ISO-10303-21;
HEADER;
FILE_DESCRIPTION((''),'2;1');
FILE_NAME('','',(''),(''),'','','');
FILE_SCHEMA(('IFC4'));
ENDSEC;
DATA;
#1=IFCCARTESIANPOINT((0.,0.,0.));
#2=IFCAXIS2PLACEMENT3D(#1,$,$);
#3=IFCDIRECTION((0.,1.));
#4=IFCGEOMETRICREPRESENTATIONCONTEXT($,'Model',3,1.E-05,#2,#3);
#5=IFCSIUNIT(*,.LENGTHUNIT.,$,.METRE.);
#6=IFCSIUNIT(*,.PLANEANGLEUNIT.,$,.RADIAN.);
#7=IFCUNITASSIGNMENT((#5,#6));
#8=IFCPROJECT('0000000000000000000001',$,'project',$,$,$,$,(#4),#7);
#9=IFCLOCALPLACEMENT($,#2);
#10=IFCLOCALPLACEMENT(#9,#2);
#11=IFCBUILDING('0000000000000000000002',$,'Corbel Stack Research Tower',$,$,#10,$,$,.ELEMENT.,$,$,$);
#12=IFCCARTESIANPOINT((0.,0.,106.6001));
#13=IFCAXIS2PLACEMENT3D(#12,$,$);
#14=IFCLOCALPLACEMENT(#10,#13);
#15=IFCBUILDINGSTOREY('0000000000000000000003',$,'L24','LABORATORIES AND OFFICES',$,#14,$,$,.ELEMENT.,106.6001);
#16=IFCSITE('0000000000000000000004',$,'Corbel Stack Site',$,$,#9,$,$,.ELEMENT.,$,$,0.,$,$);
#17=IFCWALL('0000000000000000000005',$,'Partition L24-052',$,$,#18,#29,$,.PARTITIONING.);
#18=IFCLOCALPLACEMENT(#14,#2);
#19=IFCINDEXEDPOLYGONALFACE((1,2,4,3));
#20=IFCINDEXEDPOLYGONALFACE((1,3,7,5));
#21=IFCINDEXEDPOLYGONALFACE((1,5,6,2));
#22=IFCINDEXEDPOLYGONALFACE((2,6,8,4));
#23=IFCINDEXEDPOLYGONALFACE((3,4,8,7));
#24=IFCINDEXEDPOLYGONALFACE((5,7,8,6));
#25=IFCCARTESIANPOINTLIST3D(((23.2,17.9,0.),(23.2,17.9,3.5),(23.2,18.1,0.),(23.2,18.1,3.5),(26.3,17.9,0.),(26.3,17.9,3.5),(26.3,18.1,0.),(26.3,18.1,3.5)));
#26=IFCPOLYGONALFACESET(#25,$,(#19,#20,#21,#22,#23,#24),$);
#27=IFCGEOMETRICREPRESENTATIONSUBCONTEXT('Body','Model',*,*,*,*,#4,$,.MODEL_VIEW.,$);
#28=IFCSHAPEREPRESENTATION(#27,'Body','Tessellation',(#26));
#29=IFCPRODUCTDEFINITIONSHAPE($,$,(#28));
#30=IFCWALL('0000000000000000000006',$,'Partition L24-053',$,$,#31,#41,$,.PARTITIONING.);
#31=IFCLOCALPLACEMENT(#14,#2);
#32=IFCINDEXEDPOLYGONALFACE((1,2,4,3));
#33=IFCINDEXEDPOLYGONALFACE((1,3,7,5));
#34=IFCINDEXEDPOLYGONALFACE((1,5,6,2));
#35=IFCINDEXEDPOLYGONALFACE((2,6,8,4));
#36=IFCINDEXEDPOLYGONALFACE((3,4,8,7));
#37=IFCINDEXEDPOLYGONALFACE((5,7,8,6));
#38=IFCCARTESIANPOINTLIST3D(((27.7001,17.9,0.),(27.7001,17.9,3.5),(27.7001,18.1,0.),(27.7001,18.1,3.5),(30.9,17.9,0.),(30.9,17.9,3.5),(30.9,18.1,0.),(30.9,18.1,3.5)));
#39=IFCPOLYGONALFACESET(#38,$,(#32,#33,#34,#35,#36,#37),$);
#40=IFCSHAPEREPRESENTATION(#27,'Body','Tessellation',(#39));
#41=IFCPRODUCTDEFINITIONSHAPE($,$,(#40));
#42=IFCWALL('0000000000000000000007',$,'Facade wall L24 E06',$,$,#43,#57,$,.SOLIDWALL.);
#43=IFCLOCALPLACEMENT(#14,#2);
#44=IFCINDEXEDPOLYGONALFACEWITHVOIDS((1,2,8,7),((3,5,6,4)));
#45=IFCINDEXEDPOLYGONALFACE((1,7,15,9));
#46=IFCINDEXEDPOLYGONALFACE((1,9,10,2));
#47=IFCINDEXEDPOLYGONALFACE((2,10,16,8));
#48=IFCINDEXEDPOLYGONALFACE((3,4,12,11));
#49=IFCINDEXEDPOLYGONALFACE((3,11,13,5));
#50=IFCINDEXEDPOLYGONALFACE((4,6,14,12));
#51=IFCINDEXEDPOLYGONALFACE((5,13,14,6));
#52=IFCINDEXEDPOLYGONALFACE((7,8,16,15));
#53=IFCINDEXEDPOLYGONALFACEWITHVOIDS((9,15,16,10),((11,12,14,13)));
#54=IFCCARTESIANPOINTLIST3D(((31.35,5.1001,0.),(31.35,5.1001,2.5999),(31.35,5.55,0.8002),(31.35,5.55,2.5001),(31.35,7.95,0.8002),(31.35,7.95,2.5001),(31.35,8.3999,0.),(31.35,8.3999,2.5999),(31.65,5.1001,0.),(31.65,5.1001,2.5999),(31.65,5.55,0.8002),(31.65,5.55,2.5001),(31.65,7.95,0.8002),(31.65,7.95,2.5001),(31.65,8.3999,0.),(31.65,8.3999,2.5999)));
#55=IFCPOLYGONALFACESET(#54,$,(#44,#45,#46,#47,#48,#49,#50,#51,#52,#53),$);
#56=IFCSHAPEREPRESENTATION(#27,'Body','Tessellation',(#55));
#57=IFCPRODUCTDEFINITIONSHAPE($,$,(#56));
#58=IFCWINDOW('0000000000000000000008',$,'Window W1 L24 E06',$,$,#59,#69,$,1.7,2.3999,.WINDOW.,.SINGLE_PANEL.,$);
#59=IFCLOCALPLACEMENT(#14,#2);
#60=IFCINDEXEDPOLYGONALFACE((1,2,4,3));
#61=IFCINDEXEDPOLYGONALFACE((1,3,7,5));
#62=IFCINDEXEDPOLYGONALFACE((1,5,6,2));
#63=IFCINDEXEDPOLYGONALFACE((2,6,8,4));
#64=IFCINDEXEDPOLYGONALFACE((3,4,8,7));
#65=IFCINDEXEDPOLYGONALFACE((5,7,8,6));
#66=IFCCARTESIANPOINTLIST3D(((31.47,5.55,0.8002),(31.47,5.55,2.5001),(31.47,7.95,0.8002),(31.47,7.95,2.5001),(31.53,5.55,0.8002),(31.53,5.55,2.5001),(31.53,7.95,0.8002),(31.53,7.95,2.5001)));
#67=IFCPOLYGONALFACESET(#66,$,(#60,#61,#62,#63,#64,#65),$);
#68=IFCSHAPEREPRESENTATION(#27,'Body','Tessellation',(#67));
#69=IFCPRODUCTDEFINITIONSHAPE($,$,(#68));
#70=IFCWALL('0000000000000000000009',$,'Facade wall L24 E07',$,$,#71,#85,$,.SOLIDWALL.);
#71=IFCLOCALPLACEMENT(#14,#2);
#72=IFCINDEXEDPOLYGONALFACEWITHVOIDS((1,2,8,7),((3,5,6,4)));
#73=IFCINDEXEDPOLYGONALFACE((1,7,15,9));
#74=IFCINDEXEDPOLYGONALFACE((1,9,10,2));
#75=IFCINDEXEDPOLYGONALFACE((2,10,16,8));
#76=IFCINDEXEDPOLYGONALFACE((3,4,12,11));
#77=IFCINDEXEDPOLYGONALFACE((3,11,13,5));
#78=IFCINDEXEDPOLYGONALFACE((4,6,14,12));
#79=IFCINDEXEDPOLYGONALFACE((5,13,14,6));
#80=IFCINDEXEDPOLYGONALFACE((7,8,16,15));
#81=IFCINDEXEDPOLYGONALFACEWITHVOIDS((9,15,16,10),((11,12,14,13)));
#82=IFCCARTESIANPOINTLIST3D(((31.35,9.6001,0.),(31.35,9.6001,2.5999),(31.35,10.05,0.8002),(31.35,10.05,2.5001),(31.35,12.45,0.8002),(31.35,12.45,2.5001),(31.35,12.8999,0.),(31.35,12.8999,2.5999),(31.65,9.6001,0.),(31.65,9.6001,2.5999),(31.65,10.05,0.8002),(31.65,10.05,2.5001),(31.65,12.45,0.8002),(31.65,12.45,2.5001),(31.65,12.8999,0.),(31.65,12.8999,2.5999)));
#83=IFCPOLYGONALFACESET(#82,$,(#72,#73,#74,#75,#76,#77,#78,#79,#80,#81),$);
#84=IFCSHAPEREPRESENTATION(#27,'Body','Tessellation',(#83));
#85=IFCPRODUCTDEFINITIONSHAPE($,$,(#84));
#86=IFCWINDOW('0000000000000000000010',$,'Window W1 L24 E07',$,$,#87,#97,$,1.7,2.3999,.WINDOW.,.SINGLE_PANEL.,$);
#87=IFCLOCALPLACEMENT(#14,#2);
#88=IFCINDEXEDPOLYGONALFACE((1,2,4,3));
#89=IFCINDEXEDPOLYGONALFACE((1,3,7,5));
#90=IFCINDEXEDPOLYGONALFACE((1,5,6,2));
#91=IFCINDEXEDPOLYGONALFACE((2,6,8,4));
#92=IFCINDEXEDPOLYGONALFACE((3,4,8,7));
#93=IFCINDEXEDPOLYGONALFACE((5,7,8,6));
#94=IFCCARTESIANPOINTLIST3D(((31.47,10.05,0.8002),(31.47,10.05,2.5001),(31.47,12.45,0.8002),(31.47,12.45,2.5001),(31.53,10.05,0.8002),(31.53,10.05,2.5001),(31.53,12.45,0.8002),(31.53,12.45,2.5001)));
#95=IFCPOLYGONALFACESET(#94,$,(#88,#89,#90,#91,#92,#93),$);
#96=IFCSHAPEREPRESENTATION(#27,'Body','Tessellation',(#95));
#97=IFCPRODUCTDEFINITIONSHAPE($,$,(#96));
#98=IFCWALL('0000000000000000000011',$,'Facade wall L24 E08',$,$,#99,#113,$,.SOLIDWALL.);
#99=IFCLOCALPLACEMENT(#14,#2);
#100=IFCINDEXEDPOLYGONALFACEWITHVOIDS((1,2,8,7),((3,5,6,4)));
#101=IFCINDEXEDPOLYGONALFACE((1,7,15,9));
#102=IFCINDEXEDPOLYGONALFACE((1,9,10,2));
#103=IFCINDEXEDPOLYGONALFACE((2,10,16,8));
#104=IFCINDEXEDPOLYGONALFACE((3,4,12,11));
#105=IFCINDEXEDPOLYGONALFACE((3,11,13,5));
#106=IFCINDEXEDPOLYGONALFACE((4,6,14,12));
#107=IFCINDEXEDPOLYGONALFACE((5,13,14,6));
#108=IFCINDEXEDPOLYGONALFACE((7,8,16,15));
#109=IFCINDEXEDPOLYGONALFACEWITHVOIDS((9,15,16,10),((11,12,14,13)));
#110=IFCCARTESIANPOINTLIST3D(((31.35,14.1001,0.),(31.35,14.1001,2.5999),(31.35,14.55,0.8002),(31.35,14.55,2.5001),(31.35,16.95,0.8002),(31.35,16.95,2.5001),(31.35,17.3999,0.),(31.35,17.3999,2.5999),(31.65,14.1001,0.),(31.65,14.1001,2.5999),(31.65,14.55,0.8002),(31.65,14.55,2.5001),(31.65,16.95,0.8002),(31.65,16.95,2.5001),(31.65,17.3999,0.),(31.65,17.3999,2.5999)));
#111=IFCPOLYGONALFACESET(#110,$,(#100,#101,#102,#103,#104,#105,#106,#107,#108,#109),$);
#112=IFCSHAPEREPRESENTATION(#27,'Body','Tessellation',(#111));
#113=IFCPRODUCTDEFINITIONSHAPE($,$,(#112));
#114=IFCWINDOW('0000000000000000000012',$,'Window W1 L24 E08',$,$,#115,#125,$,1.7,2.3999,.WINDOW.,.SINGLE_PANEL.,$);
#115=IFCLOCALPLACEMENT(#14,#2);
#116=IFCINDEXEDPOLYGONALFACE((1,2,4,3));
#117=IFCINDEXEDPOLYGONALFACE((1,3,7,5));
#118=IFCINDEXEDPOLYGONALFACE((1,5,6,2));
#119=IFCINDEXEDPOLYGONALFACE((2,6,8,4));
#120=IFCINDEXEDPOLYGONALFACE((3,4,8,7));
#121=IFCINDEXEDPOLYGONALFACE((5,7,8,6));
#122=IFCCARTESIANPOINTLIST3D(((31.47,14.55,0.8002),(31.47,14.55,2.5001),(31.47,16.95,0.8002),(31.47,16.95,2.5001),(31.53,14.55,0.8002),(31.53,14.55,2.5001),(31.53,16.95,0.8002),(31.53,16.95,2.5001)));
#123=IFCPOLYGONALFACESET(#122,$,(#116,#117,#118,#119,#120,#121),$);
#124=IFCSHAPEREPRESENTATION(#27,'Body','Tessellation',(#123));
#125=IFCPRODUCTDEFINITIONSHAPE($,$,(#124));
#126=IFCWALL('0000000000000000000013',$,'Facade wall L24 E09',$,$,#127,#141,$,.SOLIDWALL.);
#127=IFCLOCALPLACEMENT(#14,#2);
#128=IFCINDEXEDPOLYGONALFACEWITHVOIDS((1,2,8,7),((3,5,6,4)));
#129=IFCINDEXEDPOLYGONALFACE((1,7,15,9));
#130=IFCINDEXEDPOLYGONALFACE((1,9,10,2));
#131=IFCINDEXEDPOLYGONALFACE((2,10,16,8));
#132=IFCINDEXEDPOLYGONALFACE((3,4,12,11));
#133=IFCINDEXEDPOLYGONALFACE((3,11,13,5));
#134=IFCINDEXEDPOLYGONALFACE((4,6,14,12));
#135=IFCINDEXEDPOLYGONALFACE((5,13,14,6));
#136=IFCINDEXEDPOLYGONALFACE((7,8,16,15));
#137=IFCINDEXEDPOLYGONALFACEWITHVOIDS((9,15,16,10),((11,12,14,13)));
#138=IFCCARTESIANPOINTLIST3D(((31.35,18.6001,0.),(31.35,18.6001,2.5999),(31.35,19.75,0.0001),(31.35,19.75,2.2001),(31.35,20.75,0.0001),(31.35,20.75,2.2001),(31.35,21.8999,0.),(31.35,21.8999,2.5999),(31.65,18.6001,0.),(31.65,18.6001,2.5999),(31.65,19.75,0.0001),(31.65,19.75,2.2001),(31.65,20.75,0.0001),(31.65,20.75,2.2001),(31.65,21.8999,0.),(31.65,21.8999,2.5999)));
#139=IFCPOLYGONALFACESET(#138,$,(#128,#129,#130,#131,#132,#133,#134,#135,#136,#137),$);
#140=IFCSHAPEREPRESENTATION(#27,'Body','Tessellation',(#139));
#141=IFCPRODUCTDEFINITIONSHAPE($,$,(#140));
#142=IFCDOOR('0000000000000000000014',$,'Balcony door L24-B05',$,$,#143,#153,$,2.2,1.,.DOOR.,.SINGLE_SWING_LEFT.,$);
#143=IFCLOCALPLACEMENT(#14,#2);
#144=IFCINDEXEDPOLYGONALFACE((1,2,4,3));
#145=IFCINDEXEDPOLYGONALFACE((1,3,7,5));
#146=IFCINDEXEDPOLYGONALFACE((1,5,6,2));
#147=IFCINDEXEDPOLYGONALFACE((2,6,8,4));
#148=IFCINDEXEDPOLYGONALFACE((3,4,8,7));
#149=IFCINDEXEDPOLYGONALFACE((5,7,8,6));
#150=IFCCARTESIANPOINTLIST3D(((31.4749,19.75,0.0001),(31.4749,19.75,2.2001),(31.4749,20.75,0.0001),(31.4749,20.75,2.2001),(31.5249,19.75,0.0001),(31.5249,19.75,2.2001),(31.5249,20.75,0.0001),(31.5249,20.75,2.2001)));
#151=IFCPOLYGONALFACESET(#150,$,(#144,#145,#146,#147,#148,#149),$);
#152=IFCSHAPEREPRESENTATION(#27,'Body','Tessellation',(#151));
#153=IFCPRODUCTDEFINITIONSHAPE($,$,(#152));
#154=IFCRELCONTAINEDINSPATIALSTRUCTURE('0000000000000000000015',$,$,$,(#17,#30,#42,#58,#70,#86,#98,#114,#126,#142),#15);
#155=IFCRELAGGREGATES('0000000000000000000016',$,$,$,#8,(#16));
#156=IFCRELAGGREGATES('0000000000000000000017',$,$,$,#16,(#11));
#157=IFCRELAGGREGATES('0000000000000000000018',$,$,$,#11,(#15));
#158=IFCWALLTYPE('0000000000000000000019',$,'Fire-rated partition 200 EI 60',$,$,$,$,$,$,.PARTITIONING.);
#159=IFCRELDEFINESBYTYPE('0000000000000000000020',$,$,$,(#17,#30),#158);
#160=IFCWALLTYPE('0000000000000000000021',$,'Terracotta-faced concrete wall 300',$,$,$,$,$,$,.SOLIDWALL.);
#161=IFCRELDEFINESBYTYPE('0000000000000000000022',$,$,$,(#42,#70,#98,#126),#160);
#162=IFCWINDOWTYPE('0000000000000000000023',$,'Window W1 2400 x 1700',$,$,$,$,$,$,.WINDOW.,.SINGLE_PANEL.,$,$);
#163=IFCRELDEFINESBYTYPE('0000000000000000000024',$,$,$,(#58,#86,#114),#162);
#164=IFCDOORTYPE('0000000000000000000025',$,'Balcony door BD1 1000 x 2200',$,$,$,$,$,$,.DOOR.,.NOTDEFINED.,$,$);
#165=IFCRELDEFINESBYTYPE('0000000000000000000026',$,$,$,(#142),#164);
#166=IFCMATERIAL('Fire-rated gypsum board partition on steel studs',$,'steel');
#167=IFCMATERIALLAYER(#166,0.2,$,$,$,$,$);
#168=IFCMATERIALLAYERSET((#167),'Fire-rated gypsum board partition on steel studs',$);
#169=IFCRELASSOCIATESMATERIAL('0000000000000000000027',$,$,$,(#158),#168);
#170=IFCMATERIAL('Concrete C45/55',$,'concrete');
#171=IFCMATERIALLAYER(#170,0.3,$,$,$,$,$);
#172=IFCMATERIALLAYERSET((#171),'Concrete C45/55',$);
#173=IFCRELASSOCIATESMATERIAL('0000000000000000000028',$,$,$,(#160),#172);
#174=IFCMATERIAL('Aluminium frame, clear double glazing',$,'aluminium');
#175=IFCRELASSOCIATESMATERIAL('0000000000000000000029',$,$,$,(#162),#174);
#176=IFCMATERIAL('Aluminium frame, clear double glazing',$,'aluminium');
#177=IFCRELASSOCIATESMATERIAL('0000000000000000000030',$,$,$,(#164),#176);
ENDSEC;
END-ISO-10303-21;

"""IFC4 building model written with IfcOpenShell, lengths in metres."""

from ifc_helpers import new_model, si_unit, direction, frame, frame_2d, origin, place, context, subcontext, project, spatial, rectangle, extrude, material, layer, layer_set, type_object, element, fill, save


model = new_model("IFC4")

# Units and contexts
model_context = context("Model", 3, precision=1e-05, world=origin(), true_north=direction((0.0, 1.0)))
body_context = subcontext(model_context, "Body", "Model", "MODEL_VIEW")
ifc_project = project(units=[si_unit("LENGTHUNIT", "METRE"), si_unit("PLANEANGLEUNIT", "RADIAN")], contexts=[model_context])

# Site, building, storey
site_placement = place(None, origin())
site = spatial("IfcSite", under=ifc_project, at=site_placement, Name="Corbel Stack Site", CompositionType="ELEMENT", RefElevation=0.0)
building_placement = place(site_placement, origin())
building = spatial("IfcBuilding", under=site, at=building_placement, Name="Corbel Stack Research Tower", CompositionType="ELEMENT")
storey_placement = place(building_placement, frame((0.0, 0.0, 106.6001)))
storey = spatial("IfcBuildingStorey", under=building, at=storey_placement, Name="L24", Description="LABORATORIES AND OFFICES", CompositionType="ELEMENT", Elevation=106.6001)

# Walls
ifc_material_1 = material(Name="Fire-rated gypsum board partition on steel studs", Category="steel")
ifc_layer_1 = layer(ifc_material_1, 0.2)
ifc_layer_set_1 = layer_set([ifc_layer_1], Name="Fire-rated gypsum board partition on steel studs")
wall_type_1 = type_object("IfcWallType", Name="Fire-rated partition 200 EI 60", PredefinedType="PARTITIONING", material=ifc_layer_set_1)
wall_1_placement = place(storey_placement, frame((23.2, 18.0, 0.0), z_axis=(0.0, 0.0, 1.0), x_axis=(1.0, 0.0, 0.0)))
element("IfcWall", 1, at=wall_1_placement, inside=storey, type_object=wall_type_1, Name="Partition L24-052", PredefinedType="PARTITIONING", context=body_context, shape_type="SweptSolid", body=[
    extrude(rectangle(XDim=3.1001, YDim=0.2, at=frame_2d((1.55, 0.0))), origin(), (0.0, 0.0, 1.0), 3.5),
])
wall_2_placement = place(storey_placement, frame((27.7, 18.0, 0.0), z_axis=(0.0, 0.0, 1.0), x_axis=(1.0, 0.0, 0.0)))
element("IfcWall", 2, at=wall_2_placement, inside=storey, type_object=wall_type_1, Name="Partition L24-053", PredefinedType="PARTITIONING", context=body_context, shape_type="SweptSolid", body=[
    extrude(rectangle(XDim=3.2, YDim=0.2, at=frame_2d((1.6001, 0.0))), origin(), (0.0, 0.0, 1.0), 3.5),
])

# Walls, openings, windows
ifc_material_2 = material(Name="Concrete C45/55", Category="concrete")
ifc_layer_2 = layer(ifc_material_2, 0.3)
ifc_layer_set_2 = layer_set([ifc_layer_2], Name="Concrete C45/55")
wall_type_2 = type_object("IfcWallType", Name="Terracotta-faced concrete wall 300", PredefinedType="SOLIDWALL", material=ifc_layer_set_2)
wall_3_placement = place(storey_placement, frame((31.5, 8.3999, 0.0), z_axis=(0.0, 0.0, 1.0), x_axis=(0.0, -1.0, 0.0)))
wall_3 = element("IfcWall", 3, at=wall_3_placement, inside=storey, type_object=wall_type_2, Name="Facade wall L24 E06", PredefinedType="SOLIDWALL", context=body_context, shape_type="SweptSolid", body=[
    extrude(rectangle(XDim=3.2998, YDim=0.3, at=frame_2d((1.6499, 0.0))), origin(), (0.0, 0.0, 1.0), 2.5999),
])
opening_1_placement = place(wall_3_placement, frame((0.45, 0.0, 0.8)))
opening_1 = element("IfcOpeningElement", 4, at=opening_1_placement, cuts=wall_3, PredefinedType="OPENING", context=body_context, shape_type="SweptSolid", body=[
    extrude(rectangle(XDim=2.3999, YDim=1.7, at=frame_2d((1.2, 0.8501))), frame((0.0, 0.1599, 0.0), z_axis=(0.0, -1.0, 0.0), x_axis=(1.0, 0.0, 0.0)), (0.0, 0.0, 1.0), 0.3201),
])
ifc_material_3 = material(Name="Aluminium frame, clear double glazing", Category="aluminium")
window_type = type_object("IfcWindowType", Name="Window W1 2400 x 1700", PartitioningType="SINGLE_PANEL", PredefinedType="WINDOW", material=ifc_material_3)
window_1_placement = place(opening_1_placement, origin())
window_1 = element("IfcWindow", 5, at=window_1_placement, inside=storey, type_object=window_type, Name="Window W1 L24 E06", OverallHeight=1.7, OverallWidth=2.3999, PartitioningType="SINGLE_PANEL", PredefinedType="WINDOW", context=body_context, shape_type="SweptSolid", body=[
    extrude(rectangle(XDim=2.3999, YDim=1.7, at=frame_2d((1.2, 0.8501))), frame((0.0, 0.03, 0.0), z_axis=(0.0, -1.0, 0.0), x_axis=(1.0, 0.0, 0.0)), (0.0, 0.0, 1.0), 0.0601),
])
fill(opening_1, window_1)
wall_4_placement = place(storey_placement, frame((31.5, 12.8999, 0.0), z_axis=(0.0, 0.0, 1.0), x_axis=(0.0, -1.0, 0.0)))
wall_4 = element("IfcWall", 6, at=wall_4_placement, inside=storey, type_object=wall_type_2, Name="Facade wall L24 E07", PredefinedType="SOLIDWALL", context=body_context, shape_type="SweptSolid", body=[
    extrude(rectangle(XDim=3.2998, YDim=0.3, at=frame_2d((1.6499, 0.0))), origin(), (0.0, 0.0, 1.0), 2.5999),
])
opening_2_placement = place(wall_4_placement, frame((0.45, 0.0, 0.8)))
opening_2 = element("IfcOpeningElement", 7, at=opening_2_placement, cuts=wall_4, PredefinedType="OPENING", context=body_context, shape_type="SweptSolid", body=[
    extrude(rectangle(XDim=2.3999, YDim=1.7, at=frame_2d((1.2, 0.8501))), frame((0.0, 0.1599, 0.0), z_axis=(0.0, -1.0, 0.0), x_axis=(1.0, 0.0, 0.0)), (0.0, 0.0, 1.0), 0.3201),
])
window_2_placement = place(opening_2_placement, origin())
window_2 = element("IfcWindow", 8, at=window_2_placement, inside=storey, type_object=window_type, Name="Window W1 L24 E07", OverallHeight=1.7, OverallWidth=2.3999, PartitioningType="SINGLE_PANEL", PredefinedType="WINDOW", context=body_context, shape_type="SweptSolid", body=[
    extrude(rectangle(XDim=2.3999, YDim=1.7, at=frame_2d((1.2, 0.8501))), frame((0.0, 0.03, 0.0), z_axis=(0.0, -1.0, 0.0), x_axis=(1.0, 0.0, 0.0)), (0.0, 0.0, 1.0), 0.0601),
])
fill(opening_2, window_2)
wall_5_placement = place(storey_placement, frame((31.5, 17.3999, 0.0), z_axis=(0.0, 0.0, 1.0), x_axis=(0.0, -1.0, 0.0)))
wall_5 = element("IfcWall", 9, at=wall_5_placement, inside=storey, type_object=wall_type_2, Name="Facade wall L24 E08", PredefinedType="SOLIDWALL", context=body_context, shape_type="SweptSolid", body=[
    extrude(rectangle(XDim=3.2998, YDim=0.3, at=frame_2d((1.6499, 0.0))), origin(), (0.0, 0.0, 1.0), 2.5999),
])
opening_3_placement = place(wall_5_placement, frame((0.45, 0.0, 0.8)))
opening_3 = element("IfcOpeningElement", 10, at=opening_3_placement, cuts=wall_5, PredefinedType="OPENING", context=body_context, shape_type="SweptSolid", body=[
    extrude(rectangle(XDim=2.3999, YDim=1.7, at=frame_2d((1.2, 0.8501))), frame((0.0, 0.1599, 0.0), z_axis=(0.0, -1.0, 0.0), x_axis=(1.0, 0.0, 0.0)), (0.0, 0.0, 1.0), 0.3201),
])
window_3_placement = place(opening_3_placement, origin())
window_3 = element("IfcWindow", 11, at=window_3_placement, inside=storey, type_object=window_type, Name="Window W1 L24 E08", OverallHeight=1.7, OverallWidth=2.3999, PartitioningType="SINGLE_PANEL", PredefinedType="WINDOW", context=body_context, shape_type="SweptSolid", body=[
    extrude(rectangle(XDim=2.3999, YDim=1.7, at=frame_2d((1.2, 0.8501))), frame((0.0, 0.03, 0.0), z_axis=(0.0, -1.0, 0.0), x_axis=(1.0, 0.0, 0.0)), (0.0, 0.0, 1.0), 0.0601),
])
fill(opening_3, window_3)

# Wall, opening, door
wall_6_placement = place(storey_placement, frame((31.5, 21.8999, 0.0), z_axis=(0.0, 0.0, 1.0), x_axis=(0.0, -1.0, 0.0)))
wall_6 = element("IfcWall", 12, at=wall_6_placement, inside=storey, type_object=wall_type_2, Name="Facade wall L24 E09", PredefinedType="SOLIDWALL", context=body_context, shape_type="SweptSolid", body=[
    extrude(rectangle(XDim=3.2998, YDim=0.3, at=frame_2d((1.6499, 0.0))), origin(), (0.0, 0.0, 1.0), 2.5999),
])
opening_4_placement = place(wall_6_placement, frame((1.1499, 0.0, 0.0)))
opening_4 = element("IfcOpeningElement", 13, at=opening_4_placement, cuts=wall_6, PredefinedType="OPENING", context=body_context, shape_type="SweptSolid", body=[
    extrude(rectangle(XDim=1.0, YDim=2.2, at=frame_2d((0.5, 1.1001))), frame((0.0, 0.1599, 0.0), z_axis=(0.0, -1.0, 0.0), x_axis=(1.0, 0.0, 0.0)), (0.0, 0.0, 1.0), 0.3201),
])
ifc_material_4 = material(Name="Aluminium frame, clear double glazing", Category="aluminium")
door_type = type_object("IfcDoorType", Name="Balcony door BD1 1000 x 2200", OperationType="NOTDEFINED", PredefinedType="DOOR", material=ifc_material_4)
door_placement = place(opening_4_placement, origin())
door = element("IfcDoor", 14, at=door_placement, inside=storey, type_object=door_type, Name="Balcony door L24-B05", OperationType="SINGLE_SWING_LEFT", OverallHeight=2.2, OverallWidth=1.0, PredefinedType="DOOR", context=body_context, shape_type="SweptSolid", body=[
    extrude(rectangle(XDim=1.0, YDim=2.2, at=frame_2d((0.5, 1.1001))), frame((0.0, 0.0249, 0.0), z_axis=(0.0, -1.0, 0.0), x_axis=(1.0, 0.0, 0.0)), (0.0, 0.0, 1.0), 0.05),
])
fill(opening_4, door)

save(model, "model.ifc")
